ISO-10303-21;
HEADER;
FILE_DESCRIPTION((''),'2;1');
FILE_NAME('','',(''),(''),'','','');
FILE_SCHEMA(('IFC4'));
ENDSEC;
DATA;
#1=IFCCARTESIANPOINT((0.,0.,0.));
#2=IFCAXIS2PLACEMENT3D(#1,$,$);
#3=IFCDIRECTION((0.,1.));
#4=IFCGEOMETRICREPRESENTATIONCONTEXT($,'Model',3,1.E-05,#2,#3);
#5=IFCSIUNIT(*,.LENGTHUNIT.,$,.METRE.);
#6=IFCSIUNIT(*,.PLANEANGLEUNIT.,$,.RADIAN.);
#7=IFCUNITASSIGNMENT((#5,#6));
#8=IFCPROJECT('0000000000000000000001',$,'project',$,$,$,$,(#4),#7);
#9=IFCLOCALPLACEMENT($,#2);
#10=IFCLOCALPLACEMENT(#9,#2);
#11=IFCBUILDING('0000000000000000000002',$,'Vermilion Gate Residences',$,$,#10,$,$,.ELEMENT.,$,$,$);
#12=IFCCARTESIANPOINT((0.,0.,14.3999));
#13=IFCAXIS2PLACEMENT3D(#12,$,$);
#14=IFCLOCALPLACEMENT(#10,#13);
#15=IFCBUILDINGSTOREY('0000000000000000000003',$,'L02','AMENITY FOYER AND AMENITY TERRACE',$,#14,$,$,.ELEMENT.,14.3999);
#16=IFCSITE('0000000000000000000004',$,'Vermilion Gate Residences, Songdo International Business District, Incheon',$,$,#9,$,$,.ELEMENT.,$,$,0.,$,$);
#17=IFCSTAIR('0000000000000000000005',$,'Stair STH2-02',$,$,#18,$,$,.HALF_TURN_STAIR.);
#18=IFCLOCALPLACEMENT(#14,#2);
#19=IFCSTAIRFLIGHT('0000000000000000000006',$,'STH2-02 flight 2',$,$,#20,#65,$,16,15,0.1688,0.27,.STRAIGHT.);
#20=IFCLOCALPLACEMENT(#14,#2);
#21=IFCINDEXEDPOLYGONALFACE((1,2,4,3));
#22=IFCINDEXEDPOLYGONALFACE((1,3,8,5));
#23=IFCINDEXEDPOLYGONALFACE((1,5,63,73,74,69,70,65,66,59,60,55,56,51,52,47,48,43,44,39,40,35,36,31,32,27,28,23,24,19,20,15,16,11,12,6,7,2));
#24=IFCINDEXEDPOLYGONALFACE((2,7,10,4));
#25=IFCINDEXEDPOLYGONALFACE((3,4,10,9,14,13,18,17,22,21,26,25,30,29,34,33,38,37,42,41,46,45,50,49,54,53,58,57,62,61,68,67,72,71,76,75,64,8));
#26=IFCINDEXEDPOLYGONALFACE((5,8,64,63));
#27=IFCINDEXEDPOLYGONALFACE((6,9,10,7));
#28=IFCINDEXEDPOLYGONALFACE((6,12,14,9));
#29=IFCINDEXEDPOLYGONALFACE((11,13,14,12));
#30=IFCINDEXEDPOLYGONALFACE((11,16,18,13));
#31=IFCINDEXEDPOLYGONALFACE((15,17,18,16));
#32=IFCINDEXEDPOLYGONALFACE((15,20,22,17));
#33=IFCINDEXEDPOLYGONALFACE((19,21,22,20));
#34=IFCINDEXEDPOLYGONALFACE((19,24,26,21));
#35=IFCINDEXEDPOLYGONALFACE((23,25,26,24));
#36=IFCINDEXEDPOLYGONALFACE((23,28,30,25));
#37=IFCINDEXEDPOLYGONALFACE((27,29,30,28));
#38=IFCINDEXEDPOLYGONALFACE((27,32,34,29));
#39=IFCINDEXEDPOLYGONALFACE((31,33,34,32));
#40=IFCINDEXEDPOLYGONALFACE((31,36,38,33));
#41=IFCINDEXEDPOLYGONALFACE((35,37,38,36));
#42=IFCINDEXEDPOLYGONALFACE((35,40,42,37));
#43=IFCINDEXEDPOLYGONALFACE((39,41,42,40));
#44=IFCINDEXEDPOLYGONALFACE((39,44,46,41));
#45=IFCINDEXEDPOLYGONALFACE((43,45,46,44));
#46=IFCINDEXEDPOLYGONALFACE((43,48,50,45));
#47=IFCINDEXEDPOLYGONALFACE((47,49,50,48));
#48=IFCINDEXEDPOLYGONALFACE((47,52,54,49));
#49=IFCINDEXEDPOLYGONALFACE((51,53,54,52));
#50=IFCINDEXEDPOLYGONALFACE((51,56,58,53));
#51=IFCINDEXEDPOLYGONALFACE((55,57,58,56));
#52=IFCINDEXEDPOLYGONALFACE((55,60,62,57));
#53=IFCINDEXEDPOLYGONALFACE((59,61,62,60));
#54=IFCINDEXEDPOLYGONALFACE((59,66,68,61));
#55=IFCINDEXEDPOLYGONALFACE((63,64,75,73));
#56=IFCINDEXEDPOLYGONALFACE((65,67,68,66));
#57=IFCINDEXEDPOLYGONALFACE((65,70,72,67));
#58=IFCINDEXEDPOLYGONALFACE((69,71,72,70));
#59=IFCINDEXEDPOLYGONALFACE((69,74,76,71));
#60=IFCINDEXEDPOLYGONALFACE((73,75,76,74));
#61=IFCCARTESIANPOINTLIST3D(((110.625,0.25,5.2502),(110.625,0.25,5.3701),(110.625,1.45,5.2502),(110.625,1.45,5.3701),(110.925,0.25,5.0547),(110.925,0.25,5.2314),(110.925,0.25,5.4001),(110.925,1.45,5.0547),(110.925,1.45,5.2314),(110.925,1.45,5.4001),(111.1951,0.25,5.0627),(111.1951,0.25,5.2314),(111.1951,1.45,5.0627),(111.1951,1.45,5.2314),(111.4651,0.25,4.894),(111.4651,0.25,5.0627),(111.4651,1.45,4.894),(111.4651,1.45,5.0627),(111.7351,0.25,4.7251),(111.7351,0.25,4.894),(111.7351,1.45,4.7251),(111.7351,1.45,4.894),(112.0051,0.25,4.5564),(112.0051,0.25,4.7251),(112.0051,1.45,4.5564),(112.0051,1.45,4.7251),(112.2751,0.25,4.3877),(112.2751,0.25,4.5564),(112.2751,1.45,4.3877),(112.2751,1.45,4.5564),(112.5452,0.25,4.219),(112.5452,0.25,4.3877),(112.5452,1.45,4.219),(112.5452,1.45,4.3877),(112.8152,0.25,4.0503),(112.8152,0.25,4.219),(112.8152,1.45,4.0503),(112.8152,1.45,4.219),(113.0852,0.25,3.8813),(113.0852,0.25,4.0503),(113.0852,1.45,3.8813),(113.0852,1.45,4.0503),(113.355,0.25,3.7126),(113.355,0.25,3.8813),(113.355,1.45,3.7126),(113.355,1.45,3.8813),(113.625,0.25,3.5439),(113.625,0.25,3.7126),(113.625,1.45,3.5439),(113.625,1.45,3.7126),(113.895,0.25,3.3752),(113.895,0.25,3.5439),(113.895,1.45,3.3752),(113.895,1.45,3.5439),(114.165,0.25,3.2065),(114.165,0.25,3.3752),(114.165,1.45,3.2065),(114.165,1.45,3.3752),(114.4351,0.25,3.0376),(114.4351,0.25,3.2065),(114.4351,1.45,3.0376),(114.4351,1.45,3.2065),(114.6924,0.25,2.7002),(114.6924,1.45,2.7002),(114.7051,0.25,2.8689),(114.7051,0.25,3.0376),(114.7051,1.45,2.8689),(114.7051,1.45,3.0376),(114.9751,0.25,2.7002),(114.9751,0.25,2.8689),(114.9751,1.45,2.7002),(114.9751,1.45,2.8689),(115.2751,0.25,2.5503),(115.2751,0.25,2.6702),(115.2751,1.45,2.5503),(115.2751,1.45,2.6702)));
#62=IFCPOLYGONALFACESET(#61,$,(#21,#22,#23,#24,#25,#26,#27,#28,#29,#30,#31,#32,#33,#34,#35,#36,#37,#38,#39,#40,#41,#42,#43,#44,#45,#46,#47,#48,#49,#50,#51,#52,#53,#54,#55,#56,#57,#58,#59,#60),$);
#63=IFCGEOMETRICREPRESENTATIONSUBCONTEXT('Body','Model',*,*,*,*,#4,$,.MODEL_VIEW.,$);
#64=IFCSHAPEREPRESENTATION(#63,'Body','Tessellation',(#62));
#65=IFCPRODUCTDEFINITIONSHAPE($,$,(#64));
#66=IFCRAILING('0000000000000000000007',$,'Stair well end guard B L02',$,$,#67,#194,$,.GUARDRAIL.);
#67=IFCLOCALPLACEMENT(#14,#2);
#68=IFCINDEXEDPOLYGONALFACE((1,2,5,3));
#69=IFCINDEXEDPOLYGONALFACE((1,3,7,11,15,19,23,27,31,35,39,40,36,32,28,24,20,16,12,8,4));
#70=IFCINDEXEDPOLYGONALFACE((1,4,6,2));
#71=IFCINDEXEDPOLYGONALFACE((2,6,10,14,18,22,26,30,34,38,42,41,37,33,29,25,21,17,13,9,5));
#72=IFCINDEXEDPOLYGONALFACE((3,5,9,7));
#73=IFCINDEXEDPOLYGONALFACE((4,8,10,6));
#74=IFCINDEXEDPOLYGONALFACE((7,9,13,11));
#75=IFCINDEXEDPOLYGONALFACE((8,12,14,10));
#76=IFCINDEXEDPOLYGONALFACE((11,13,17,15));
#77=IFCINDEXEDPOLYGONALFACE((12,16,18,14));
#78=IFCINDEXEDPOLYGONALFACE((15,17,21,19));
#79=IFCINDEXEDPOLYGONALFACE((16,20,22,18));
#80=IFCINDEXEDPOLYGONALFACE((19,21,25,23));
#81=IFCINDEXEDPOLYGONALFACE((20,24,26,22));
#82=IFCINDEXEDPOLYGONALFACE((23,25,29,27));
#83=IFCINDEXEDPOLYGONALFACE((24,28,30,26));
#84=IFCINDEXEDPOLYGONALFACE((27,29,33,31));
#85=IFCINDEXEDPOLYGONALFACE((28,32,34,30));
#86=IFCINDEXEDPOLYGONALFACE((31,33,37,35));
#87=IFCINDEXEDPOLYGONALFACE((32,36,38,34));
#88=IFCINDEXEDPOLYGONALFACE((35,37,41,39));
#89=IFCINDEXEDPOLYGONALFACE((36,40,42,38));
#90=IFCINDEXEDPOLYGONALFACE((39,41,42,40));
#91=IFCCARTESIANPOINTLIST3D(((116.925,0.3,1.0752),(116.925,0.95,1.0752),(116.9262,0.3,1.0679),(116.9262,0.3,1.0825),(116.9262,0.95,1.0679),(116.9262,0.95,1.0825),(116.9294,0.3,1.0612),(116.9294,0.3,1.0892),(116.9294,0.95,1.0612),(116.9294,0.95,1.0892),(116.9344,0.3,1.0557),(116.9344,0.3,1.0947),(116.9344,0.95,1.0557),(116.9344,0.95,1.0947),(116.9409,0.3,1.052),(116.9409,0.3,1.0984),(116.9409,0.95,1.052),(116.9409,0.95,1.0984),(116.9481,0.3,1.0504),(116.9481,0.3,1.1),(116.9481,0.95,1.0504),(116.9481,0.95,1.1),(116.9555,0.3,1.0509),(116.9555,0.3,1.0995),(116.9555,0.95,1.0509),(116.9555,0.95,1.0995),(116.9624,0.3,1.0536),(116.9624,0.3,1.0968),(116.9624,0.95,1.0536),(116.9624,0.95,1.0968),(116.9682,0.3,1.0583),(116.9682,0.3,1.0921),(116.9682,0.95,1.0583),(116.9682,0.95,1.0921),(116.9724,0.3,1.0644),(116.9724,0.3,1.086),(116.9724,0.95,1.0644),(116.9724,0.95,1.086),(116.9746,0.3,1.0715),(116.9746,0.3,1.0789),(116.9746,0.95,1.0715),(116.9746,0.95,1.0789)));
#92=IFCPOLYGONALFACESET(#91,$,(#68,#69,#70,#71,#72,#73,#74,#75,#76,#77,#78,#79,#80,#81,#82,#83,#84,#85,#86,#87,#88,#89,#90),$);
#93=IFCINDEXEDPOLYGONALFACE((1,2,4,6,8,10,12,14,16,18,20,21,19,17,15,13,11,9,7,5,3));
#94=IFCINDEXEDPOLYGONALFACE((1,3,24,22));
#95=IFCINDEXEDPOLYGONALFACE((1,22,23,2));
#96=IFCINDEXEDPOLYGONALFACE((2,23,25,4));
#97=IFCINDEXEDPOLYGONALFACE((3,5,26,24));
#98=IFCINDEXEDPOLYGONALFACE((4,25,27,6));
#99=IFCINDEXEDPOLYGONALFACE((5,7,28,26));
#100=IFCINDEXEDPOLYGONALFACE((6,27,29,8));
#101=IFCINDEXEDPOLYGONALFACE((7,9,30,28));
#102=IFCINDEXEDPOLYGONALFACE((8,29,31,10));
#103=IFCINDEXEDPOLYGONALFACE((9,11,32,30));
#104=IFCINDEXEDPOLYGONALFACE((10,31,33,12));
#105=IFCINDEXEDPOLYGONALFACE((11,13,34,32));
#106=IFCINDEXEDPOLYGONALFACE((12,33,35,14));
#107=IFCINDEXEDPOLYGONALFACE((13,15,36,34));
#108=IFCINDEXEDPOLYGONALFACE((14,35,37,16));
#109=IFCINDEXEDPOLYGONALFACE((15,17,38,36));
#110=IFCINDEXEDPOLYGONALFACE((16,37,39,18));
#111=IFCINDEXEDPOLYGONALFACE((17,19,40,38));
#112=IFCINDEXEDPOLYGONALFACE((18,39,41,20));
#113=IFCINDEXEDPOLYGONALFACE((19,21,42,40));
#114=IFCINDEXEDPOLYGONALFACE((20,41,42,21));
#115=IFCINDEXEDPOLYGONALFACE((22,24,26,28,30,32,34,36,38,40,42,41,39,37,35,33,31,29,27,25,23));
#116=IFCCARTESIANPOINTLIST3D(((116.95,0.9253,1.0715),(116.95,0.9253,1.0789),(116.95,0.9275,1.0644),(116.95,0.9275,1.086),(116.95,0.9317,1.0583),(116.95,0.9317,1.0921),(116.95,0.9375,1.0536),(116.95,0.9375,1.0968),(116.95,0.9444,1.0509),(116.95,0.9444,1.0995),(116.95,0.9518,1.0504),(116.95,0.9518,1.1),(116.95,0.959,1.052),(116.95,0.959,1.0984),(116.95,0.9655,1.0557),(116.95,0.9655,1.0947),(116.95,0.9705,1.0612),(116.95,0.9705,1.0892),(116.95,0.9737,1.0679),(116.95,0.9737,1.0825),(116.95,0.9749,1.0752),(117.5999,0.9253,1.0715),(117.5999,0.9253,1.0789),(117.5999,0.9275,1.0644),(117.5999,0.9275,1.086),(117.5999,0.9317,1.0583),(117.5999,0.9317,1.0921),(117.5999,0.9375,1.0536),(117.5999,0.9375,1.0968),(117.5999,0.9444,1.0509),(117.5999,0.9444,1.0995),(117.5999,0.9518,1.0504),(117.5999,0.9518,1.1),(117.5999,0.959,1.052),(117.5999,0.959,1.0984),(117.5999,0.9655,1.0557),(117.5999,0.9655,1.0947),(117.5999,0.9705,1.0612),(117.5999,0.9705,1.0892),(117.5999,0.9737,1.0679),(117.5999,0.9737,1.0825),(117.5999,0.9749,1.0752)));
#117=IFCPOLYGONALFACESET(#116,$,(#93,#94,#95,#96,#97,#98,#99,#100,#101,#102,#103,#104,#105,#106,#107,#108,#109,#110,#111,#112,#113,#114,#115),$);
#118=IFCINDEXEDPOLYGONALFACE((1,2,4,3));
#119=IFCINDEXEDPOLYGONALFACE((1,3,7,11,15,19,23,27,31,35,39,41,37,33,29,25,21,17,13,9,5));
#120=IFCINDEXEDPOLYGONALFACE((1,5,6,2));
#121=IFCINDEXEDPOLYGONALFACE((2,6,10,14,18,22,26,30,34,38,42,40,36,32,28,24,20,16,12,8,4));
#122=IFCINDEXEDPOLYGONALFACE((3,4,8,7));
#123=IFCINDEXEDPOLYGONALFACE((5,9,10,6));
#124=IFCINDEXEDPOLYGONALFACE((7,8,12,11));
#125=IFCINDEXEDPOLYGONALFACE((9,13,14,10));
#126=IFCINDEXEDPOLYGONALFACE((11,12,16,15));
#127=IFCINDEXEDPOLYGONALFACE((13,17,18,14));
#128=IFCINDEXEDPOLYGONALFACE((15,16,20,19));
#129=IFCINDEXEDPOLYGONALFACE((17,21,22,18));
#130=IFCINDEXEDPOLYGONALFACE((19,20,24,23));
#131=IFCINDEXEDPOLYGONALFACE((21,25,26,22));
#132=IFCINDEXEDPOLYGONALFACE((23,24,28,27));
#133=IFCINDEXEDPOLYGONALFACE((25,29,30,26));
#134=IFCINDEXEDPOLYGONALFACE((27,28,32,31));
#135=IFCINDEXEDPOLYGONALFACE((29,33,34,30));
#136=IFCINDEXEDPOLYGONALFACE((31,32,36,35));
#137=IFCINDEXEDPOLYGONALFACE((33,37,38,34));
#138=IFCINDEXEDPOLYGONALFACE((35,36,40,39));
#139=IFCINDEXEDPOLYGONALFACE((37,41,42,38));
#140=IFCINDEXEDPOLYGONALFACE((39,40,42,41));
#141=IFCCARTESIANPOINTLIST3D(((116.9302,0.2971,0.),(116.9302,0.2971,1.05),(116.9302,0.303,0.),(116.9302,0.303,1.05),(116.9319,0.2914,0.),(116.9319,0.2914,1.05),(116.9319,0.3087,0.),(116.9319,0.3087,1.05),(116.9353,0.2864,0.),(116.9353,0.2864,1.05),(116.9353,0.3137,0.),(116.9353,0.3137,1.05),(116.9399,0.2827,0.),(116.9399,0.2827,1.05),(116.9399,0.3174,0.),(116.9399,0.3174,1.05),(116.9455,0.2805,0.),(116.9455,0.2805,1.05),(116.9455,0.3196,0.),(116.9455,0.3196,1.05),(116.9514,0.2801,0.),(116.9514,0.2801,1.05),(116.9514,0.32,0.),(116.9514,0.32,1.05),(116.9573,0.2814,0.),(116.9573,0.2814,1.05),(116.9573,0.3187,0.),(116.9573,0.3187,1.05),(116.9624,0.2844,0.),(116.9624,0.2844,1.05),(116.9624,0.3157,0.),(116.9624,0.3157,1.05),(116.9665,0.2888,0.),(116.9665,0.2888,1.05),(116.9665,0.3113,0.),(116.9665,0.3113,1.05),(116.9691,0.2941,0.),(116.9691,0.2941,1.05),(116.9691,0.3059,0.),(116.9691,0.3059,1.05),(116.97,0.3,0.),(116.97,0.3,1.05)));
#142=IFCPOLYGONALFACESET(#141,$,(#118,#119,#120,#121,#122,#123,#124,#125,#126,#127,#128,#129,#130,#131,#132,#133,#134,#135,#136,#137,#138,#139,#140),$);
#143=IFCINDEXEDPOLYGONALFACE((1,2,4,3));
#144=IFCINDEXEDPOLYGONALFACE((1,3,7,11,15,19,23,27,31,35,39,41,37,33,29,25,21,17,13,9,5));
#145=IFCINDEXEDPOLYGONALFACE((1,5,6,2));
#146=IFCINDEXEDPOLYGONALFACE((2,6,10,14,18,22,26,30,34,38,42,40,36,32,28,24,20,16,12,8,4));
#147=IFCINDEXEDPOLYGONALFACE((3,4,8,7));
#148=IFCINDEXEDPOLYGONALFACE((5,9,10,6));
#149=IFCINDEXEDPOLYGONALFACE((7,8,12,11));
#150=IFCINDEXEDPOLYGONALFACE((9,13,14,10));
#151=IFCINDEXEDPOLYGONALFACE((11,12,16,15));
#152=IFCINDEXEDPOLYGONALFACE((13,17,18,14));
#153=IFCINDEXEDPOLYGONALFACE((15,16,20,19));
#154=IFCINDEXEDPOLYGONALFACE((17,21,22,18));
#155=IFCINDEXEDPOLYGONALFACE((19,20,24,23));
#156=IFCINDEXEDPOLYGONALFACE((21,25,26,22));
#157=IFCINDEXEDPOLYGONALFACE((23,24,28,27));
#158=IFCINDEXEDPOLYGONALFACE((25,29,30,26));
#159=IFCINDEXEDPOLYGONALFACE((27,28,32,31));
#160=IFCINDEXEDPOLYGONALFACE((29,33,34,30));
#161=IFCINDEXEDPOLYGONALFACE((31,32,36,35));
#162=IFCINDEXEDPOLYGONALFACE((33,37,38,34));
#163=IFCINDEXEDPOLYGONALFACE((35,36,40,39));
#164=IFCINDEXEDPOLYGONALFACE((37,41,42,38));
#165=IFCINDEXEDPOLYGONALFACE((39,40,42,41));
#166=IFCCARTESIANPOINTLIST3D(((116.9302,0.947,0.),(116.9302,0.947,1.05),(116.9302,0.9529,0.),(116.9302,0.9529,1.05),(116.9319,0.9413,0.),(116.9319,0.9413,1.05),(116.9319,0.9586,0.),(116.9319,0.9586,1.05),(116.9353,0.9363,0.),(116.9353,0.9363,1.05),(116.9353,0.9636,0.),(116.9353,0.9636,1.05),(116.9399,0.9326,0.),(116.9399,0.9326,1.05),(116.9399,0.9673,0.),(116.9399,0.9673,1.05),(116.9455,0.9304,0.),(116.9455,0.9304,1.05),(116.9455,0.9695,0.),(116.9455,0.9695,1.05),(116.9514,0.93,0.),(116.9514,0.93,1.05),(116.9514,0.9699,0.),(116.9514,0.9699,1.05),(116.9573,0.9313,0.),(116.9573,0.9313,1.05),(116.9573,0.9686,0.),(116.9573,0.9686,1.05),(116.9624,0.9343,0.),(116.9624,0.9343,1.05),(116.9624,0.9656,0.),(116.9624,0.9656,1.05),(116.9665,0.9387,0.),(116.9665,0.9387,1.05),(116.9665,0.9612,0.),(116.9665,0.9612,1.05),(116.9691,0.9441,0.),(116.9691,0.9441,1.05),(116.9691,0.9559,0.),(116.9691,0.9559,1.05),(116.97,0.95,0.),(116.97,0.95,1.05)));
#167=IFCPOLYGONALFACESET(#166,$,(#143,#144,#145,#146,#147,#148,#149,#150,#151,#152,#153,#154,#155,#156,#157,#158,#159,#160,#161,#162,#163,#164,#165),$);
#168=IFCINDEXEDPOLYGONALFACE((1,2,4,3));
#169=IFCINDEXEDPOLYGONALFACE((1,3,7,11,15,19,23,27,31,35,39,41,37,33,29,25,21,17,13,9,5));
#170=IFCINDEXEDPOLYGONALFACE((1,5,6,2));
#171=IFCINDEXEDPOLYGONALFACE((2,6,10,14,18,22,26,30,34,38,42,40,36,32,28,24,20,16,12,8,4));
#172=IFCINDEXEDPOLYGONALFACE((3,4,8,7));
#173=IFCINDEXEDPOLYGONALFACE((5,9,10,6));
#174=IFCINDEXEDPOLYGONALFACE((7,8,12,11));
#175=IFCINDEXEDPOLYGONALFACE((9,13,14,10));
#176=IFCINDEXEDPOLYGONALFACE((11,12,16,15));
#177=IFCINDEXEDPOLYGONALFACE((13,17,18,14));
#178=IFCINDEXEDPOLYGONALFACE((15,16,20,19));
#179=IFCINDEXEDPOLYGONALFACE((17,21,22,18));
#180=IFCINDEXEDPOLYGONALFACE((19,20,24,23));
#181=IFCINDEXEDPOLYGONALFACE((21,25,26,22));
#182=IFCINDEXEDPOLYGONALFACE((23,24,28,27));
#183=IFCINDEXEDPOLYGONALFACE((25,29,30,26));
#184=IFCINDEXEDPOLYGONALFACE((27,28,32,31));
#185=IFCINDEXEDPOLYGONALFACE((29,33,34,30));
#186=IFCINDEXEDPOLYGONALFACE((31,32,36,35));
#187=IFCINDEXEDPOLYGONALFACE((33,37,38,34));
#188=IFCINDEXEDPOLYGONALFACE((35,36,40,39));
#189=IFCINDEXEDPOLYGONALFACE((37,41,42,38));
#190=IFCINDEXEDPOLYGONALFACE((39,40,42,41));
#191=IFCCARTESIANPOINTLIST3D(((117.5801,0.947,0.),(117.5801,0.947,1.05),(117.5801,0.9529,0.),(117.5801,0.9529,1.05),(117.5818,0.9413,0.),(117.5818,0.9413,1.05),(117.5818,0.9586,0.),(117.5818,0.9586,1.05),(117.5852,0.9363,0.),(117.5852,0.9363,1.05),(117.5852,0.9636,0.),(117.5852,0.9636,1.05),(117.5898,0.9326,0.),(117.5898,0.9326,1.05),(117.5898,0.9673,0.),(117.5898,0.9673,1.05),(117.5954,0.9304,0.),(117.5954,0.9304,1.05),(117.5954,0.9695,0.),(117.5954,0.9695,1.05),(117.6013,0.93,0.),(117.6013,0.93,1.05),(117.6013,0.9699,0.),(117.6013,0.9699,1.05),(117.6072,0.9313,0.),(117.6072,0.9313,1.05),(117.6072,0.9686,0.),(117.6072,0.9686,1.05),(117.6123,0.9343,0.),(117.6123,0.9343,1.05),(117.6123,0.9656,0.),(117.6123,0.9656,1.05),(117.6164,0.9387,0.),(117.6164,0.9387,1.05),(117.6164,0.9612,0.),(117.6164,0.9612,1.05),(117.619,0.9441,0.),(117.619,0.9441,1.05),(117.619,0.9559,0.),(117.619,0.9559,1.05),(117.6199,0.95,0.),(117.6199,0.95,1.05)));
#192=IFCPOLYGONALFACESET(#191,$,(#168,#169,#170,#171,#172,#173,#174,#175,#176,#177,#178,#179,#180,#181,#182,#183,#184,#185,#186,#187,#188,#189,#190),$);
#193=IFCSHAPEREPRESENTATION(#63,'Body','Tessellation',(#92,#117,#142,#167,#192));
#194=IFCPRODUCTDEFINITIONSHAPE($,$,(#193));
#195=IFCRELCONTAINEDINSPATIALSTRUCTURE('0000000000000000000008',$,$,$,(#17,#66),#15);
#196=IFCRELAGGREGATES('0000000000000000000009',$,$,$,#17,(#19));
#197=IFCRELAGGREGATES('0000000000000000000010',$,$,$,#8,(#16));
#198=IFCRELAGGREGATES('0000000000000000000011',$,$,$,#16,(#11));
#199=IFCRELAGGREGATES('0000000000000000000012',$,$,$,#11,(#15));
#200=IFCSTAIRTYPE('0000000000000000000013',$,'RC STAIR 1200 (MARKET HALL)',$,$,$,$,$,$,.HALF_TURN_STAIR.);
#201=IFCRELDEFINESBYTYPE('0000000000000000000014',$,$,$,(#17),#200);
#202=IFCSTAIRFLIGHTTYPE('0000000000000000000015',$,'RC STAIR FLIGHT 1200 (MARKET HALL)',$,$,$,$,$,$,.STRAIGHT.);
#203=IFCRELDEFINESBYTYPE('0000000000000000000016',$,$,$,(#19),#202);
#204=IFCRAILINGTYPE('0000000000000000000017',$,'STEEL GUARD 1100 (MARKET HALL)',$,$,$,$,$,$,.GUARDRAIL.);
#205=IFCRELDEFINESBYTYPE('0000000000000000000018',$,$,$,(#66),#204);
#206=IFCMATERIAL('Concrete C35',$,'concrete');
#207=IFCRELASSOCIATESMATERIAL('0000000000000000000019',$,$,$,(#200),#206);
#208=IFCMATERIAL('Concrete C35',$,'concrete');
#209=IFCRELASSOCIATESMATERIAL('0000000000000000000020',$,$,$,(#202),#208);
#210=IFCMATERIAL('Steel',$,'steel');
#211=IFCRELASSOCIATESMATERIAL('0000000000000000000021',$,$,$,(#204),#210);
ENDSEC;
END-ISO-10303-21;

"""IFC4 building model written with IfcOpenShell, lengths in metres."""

from ifc_helpers import new_model, si_unit, direction, frame, origin, origin_2d, place, context, subcontext, project, spatial, polyline, circle, outline, extrude, material, type_object, element, aggregate, save


model = new_model("IFC4")

# Units and contexts
model_context = context("Model", 3, precision=1e-05, world=origin(), true_north=direction((0.0, 1.0)))
body_context = subcontext(model_context, "Body", "Model", "MODEL_VIEW")
ifc_project = project(units=[si_unit("LENGTHUNIT", "METRE"), si_unit("PLANEANGLEUNIT", "RADIAN")], contexts=[model_context])

# Site, building, storey
site_placement = place(None, origin())
site = spatial("IfcSite", under=ifc_project, at=site_placement, Name="Vermilion Gate Residences, Songdo International Business District, Incheon", CompositionType="ELEMENT", RefElevation=0.0)
building_placement = place(site_placement, origin())
building = spatial("IfcBuilding", under=site, at=building_placement, Name="Vermilion Gate Residences", CompositionType="ELEMENT")
storey_placement = place(building_placement, frame((0.0, 0.0, 14.3999)))
storey = spatial("IfcBuildingStorey", under=building, at=storey_placement, Name="L02", Description="AMENITY FOYER AND AMENITY TERRACE", CompositionType="ELEMENT", Elevation=14.3999)

# Stair, stair flight
ifc_material_1 = material(Name="Concrete C35", Category="concrete")
stair_type = type_object("IfcStairType", Name="RC STAIR 1200 (MARKET HALL)", PredefinedType="HALF_TURN_STAIR", material=ifc_material_1)
stair_placement = place(storey_placement, origin())
stair = element("IfcStair", 1, at=stair_placement, inside=storey, type_object=stair_type, Name="Stair STH2-02", PredefinedType="HALF_TURN_STAIR")
ifc_material_2 = material(Name="Concrete C35", Category="concrete")
stair_flight_type = type_object("IfcStairFlightType", Name="RC STAIR FLIGHT 1200 (MARKET HALL)", PredefinedType="STRAIGHT", material=ifc_material_2)
stair_flight_1_placement = place(storey_placement, frame((114.9751, 0.8501, 2.7002), z_axis=(0.0, 0.0, 1.0), x_axis=(-1.0, 0.0, 0.0)))
stair_flight_1 = element("IfcStairFlight", 2, at=stair_flight_1_placement, type_object=stair_flight_type, Name="STH2-02 flight 2", NumberOfRisers=16, NumberOfTreads=15, PredefinedType="STRAIGHT", RiserHeight=0.1688, TreadLength=0.27, context=body_context, shape_type="SweptSolid", body=[
    extrude(outline(polyline([(-0.3, -0.1499), (-0.3, -0.03), (0.0, 0.0), (0.0, 0.1687), (0.27, 0.1687), (0.27, 0.3374), (0.54, 0.3374), (0.54, 0.5063), (0.8101, 0.5063), (0.8101, 0.675), (1.0801, 0.675), (1.0801, 0.8438), (1.3501, 0.8438), (1.3501, 1.0125), (1.6201, 1.0125), (1.6201, 1.1812), (1.8899, 1.1812), (1.8899, 1.3501), (2.1599, 1.3501), (2.1599, 1.5188), (2.4299, 1.5188), (2.4299, 1.6875), (2.7, 1.6875), (2.7, 1.8562), (2.97, 1.8562), (2.97, 2.0249), (3.24, 2.0249), (3.24, 2.1938), (3.51, 2.1938), (3.51, 2.3625), (3.78, 2.3625), (3.78, 2.5312), (4.05, 2.5312), (4.05, 2.7), (4.3501, 2.6699), (4.3501, 2.55), (4.05, 2.3545), (0.2827, 0.0), (-0.3, -0.1499)])), frame((0.0, 0.6001, 0.0), z_axis=(0.0, -1.0, 0.0), x_axis=(1.0, 0.0, 0.0)), (0.0, 0.0, 1.0), 1.2),
])
aggregate(stair, [stair_flight_1])

# Railing
ifc_material_3 = material(Name="Steel", Category="steel")
railing_type_1 = type_object("IfcRailingType", Name="STEEL GUARD 1100 (MARKET HALL)", PredefinedType="GUARDRAIL", material=ifc_material_3)
railing_placement = place(storey_placement, frame((116.95, 0.3, 0.0)))
element("IfcRailing", 3, at=railing_placement, inside=storey, type_object=railing_type_1, Name="Stair well end guard B L02", PredefinedType="GUARDRAIL", context=body_context, shape_type="SweptSolid", body=[
    extrude(circle(Radius=0.0249, at=origin_2d()), frame((0.0, 0.0, 1.0752), z_axis=(0.0, 1.0, 0.0), x_axis=(-1.0, 0.0, 0.0)), (0.0, 0.0, 1.0), 0.6499),
    extrude(circle(Radius=0.0249, at=origin_2d()), frame((0.0, 0.6499, 1.0752), z_axis=(1.0, 0.0, 0.0), x_axis=(0.0, 1.0, 0.0)), (0.0, 0.0, 1.0), 0.6499),
    extrude(circle(Radius=0.02, at=origin_2d()), origin(), (0.0, 0.0, 1.0), 1.05),
    extrude(circle(Radius=0.02, at=origin_2d()), frame((0.0, 0.6499, 0.0)), (0.0, 0.0, 1.0), 1.05),
    extrude(circle(Radius=0.02, at=origin_2d()), frame((0.6499, 0.6499, 0.0)), (0.0, 0.0, 1.0), 1.05),
])

save(model, "model.ifc")
